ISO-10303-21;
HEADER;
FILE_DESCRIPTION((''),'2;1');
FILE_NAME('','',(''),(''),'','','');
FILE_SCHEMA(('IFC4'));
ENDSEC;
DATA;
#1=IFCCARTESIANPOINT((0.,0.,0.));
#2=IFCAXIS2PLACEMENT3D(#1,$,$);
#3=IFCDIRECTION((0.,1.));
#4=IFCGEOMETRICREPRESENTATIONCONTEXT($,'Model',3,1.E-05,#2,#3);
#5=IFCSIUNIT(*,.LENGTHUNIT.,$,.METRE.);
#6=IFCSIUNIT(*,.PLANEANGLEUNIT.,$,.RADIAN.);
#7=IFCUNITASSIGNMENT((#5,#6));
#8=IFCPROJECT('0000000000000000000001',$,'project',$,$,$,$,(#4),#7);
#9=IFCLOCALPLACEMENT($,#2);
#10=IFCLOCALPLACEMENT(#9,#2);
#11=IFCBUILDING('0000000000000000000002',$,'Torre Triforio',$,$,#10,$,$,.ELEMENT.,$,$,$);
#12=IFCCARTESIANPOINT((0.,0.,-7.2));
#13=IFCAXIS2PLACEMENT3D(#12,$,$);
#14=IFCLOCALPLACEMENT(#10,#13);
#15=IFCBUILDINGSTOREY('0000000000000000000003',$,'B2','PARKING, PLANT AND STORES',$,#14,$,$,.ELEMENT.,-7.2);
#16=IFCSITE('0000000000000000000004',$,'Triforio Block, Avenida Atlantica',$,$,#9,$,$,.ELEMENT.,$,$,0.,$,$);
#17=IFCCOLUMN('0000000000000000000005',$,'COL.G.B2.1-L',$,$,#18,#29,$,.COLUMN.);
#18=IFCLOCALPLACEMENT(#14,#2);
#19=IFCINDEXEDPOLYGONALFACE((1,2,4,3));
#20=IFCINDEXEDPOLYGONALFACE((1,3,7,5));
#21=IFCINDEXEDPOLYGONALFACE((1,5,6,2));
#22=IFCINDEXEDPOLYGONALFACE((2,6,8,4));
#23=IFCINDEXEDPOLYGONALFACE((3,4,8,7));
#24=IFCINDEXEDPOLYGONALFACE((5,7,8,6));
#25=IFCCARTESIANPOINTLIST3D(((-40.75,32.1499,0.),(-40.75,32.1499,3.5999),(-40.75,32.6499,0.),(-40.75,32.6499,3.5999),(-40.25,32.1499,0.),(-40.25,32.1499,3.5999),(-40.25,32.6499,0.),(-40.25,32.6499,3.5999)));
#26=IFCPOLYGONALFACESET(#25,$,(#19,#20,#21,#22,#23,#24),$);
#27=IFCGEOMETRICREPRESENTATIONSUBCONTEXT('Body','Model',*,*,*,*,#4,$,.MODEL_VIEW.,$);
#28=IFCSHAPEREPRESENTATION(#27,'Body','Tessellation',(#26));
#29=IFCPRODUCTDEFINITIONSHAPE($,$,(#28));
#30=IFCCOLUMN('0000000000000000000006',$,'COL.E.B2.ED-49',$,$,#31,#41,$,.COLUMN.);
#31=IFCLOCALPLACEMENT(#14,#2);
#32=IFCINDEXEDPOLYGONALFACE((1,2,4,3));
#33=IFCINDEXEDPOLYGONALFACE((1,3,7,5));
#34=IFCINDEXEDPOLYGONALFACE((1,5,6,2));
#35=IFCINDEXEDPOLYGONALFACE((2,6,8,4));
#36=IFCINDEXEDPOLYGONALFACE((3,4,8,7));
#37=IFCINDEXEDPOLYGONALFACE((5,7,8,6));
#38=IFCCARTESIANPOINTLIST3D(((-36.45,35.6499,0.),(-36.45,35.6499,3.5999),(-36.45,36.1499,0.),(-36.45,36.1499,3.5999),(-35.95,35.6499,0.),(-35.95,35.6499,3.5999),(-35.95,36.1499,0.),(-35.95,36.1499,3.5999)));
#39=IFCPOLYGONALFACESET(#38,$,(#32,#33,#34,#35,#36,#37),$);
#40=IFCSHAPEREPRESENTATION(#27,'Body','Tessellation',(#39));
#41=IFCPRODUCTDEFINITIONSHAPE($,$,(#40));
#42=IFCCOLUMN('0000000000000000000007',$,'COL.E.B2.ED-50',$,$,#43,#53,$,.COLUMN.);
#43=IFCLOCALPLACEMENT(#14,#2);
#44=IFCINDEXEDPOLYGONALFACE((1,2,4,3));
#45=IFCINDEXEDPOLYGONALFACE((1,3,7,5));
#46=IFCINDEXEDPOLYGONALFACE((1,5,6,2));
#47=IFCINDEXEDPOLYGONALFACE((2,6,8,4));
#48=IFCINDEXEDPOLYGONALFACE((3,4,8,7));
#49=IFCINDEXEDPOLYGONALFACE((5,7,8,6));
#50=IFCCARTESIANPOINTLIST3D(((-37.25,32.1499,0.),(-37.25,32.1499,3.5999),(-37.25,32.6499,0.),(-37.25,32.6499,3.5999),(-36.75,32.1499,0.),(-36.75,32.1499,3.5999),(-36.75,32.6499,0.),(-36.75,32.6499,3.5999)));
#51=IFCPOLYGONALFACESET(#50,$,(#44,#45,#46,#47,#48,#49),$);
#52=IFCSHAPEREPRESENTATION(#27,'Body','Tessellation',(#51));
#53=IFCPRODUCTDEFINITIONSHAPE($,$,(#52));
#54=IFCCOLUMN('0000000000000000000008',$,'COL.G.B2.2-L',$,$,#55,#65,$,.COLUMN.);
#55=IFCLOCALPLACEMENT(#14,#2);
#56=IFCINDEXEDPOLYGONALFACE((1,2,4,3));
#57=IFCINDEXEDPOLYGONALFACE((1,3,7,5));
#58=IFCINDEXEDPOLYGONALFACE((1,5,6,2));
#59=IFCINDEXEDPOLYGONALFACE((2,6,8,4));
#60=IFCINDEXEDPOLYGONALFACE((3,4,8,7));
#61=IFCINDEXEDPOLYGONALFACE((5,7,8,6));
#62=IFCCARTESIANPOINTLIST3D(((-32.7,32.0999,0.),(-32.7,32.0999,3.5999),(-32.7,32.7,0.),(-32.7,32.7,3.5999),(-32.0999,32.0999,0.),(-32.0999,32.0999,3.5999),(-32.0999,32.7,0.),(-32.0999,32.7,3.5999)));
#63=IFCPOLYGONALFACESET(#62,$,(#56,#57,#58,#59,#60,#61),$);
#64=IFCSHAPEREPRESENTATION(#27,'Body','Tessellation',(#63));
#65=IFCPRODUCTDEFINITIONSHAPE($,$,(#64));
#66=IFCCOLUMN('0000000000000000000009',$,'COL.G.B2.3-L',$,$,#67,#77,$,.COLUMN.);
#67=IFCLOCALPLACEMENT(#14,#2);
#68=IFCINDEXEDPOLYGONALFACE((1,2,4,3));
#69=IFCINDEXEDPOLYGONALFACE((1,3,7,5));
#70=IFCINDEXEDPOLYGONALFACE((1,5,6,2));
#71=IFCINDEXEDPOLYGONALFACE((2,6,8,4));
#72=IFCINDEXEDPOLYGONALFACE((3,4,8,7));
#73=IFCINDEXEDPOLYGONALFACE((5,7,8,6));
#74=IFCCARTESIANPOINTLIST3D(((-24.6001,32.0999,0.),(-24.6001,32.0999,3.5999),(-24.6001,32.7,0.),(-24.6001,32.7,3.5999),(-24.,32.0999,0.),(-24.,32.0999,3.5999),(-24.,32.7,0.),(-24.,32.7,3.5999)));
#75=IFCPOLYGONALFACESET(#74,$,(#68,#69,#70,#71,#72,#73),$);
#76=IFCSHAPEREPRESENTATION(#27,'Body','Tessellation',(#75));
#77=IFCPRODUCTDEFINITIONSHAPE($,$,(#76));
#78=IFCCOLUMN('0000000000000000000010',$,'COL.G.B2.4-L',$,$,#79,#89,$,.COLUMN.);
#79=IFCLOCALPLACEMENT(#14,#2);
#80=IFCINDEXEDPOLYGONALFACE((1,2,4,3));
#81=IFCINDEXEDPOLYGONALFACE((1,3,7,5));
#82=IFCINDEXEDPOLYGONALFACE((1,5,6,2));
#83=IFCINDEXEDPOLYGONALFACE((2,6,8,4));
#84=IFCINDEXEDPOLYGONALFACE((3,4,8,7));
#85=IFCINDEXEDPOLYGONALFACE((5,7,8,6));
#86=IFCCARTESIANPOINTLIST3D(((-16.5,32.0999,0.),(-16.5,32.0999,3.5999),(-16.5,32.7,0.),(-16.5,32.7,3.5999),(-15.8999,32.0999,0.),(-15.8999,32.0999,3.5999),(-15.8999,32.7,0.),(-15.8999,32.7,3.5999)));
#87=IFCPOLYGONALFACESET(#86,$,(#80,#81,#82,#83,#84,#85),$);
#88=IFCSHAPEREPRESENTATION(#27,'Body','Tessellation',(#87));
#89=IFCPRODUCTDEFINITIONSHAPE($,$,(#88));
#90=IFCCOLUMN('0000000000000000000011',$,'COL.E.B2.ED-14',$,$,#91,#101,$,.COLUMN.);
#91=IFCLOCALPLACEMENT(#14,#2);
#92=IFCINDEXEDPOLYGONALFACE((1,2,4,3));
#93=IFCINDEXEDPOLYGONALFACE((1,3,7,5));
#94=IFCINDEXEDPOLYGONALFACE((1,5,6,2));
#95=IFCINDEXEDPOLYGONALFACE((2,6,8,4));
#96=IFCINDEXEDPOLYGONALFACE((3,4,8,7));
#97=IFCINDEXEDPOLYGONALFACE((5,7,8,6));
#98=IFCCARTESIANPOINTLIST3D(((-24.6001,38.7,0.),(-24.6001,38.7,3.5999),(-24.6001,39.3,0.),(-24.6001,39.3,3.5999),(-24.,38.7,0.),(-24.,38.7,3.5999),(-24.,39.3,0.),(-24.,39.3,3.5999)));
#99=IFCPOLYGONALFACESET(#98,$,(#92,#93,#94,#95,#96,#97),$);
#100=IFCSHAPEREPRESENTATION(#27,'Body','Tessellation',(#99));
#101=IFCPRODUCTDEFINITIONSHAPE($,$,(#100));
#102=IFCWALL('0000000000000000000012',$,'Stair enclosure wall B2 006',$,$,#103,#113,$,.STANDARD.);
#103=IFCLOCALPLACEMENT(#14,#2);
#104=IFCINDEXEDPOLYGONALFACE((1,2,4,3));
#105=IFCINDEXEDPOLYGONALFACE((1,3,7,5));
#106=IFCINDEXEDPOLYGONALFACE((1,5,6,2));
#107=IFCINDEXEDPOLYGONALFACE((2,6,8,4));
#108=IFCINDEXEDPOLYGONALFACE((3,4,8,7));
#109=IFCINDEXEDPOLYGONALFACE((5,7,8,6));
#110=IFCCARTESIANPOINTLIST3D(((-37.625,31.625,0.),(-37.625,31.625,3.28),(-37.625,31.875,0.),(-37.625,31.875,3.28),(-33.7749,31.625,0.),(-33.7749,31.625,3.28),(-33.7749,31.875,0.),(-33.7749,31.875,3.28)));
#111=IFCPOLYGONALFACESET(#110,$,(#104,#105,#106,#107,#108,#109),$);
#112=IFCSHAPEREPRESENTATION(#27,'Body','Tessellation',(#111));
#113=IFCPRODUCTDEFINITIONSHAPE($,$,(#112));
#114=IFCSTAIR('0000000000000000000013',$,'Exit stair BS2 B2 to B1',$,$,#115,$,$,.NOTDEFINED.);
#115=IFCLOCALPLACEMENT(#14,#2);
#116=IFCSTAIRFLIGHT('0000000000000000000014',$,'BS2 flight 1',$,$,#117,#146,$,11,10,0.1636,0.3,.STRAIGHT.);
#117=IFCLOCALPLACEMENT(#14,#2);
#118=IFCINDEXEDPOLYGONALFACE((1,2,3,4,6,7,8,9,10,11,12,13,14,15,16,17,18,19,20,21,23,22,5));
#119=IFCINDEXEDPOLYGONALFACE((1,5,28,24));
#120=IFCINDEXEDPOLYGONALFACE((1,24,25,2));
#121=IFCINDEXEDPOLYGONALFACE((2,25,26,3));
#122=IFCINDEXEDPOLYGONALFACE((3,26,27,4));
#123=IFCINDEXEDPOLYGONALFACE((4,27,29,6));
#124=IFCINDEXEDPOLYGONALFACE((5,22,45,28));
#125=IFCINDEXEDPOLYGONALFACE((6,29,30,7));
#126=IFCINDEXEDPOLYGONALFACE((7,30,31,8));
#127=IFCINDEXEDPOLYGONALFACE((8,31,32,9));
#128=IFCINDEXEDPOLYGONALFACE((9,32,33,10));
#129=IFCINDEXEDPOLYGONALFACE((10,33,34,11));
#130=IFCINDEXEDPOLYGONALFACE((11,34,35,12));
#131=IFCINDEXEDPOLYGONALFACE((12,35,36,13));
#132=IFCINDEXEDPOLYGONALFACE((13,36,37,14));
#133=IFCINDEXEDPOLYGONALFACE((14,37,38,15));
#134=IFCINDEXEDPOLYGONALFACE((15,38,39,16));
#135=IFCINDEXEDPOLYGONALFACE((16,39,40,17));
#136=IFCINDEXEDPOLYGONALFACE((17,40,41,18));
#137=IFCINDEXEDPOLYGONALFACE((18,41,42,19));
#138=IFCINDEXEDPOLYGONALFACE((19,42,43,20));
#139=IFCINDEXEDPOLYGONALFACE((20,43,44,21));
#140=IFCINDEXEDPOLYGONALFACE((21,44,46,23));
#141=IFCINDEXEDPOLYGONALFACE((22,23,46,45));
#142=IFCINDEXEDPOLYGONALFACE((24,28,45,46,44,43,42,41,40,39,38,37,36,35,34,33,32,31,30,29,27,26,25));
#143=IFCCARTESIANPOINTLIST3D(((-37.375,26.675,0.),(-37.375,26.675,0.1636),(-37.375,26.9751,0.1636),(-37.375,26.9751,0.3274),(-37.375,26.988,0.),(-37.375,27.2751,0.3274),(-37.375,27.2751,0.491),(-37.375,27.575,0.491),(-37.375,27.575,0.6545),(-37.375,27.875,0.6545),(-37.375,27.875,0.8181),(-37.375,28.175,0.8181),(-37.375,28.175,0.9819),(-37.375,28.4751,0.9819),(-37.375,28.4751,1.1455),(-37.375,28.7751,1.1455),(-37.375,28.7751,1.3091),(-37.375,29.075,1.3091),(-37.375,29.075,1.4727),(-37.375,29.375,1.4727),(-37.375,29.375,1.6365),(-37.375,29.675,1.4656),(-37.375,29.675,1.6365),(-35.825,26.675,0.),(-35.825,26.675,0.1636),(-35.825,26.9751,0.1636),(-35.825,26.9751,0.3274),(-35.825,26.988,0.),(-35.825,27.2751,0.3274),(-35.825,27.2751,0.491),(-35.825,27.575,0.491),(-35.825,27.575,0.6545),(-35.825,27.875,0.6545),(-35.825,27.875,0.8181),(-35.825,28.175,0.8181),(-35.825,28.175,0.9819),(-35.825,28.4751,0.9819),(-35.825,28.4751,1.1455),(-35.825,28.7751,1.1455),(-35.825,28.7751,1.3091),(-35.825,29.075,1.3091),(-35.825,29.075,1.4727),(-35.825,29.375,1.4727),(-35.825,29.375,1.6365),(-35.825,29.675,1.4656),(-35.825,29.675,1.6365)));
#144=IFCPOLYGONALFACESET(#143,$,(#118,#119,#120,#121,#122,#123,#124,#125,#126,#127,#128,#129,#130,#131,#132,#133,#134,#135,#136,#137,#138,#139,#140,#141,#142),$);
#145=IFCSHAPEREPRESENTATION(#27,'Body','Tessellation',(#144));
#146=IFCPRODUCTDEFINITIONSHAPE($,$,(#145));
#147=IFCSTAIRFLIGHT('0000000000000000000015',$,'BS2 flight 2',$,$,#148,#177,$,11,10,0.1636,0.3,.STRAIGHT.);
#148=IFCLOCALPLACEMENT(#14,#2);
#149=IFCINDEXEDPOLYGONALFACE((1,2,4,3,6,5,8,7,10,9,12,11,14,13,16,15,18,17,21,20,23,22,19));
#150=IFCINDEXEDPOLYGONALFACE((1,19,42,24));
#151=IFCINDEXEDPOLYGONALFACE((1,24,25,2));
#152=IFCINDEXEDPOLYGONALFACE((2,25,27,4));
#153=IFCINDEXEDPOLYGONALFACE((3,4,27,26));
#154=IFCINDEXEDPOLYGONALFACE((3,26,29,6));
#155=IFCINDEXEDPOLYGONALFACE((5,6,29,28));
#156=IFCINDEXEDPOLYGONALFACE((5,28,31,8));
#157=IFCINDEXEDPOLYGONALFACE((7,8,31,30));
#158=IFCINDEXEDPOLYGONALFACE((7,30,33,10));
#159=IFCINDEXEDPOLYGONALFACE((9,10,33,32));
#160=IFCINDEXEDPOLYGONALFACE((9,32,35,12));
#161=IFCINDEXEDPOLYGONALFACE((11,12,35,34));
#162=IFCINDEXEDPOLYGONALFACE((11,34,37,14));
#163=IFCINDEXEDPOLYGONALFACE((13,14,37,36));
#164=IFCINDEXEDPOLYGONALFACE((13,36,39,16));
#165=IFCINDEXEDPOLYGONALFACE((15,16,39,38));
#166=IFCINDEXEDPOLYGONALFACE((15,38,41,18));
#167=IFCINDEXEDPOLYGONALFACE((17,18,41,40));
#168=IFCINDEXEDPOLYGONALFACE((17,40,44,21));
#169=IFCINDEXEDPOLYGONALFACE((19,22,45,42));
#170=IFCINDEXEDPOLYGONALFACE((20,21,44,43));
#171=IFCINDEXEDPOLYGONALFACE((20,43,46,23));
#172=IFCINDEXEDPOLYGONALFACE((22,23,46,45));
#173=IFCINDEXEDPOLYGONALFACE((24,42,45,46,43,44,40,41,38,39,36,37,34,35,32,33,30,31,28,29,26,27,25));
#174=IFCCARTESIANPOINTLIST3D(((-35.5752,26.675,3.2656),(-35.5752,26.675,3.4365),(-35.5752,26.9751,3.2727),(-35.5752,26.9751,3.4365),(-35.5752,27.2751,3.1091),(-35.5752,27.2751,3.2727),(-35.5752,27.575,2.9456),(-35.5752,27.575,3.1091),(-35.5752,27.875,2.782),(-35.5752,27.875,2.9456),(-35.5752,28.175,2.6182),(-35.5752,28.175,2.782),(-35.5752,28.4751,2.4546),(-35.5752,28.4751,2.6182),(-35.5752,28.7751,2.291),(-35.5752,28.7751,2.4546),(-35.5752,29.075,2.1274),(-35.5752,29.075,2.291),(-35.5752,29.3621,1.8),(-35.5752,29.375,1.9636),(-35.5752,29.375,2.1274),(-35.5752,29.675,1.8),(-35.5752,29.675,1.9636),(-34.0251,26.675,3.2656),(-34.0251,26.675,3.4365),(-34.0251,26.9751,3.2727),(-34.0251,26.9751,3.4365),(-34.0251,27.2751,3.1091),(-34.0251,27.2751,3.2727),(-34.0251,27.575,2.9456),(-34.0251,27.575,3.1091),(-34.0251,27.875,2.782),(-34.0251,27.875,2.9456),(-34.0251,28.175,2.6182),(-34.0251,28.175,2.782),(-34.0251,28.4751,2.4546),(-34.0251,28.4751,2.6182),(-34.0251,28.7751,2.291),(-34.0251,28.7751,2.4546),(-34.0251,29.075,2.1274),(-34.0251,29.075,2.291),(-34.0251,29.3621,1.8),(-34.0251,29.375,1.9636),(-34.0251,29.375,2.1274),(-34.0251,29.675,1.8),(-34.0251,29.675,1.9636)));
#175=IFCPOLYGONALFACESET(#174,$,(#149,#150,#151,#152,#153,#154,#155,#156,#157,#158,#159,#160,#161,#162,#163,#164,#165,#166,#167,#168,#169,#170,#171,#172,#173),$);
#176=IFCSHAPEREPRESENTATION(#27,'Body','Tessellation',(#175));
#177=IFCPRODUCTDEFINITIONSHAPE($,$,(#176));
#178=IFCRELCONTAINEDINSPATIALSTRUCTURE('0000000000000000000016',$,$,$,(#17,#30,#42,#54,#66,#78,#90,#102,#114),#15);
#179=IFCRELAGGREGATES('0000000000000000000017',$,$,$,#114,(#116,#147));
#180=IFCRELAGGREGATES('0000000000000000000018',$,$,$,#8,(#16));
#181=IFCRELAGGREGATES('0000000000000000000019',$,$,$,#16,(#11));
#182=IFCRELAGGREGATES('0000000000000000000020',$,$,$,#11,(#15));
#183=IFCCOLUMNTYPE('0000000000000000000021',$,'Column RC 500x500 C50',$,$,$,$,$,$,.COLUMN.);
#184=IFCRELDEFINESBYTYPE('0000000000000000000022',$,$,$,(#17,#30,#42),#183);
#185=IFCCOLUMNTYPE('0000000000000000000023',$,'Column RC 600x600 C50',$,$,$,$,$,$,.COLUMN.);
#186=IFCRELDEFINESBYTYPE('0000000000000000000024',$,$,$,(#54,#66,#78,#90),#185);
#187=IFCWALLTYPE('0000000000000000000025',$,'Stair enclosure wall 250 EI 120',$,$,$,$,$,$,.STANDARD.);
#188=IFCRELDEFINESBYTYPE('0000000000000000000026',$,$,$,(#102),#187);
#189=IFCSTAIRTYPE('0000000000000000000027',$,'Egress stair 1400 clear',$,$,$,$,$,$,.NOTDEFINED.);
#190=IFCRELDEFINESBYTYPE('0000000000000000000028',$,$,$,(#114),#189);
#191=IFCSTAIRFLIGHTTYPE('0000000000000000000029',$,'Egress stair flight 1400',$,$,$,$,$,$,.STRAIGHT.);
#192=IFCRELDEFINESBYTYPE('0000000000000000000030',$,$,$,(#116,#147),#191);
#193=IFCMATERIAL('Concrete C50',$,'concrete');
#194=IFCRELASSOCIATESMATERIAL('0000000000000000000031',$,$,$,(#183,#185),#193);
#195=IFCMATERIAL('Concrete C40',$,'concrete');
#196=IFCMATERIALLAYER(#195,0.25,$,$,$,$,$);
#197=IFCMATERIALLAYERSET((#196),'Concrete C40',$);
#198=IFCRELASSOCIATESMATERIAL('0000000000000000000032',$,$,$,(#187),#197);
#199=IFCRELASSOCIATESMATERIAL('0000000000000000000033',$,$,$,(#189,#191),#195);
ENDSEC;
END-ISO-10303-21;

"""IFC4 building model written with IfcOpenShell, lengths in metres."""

from ifc_helpers import new_model, si_unit, direction, frame, frame_2d, origin, origin_2d, place, context, subcontext, project, spatial, polyline, rectangle, outline, extrude, material, layer, layer_set, material_profile, profile_set, type_object, element, aggregate, save


model = new_model("IFC4")

# Units and contexts
model_context = context("Model", 3, precision=1e-05, world=origin(), true_north=direction((0.0, 1.0)))
body_context = subcontext(model_context, "Body", "Model", "MODEL_VIEW")
ifc_project = project(units=[si_unit("LENGTHUNIT", "METRE"), si_unit("PLANEANGLEUNIT", "RADIAN")], contexts=[model_context])

# Site, building, storey
site_placement = place(None, origin())
site = spatial("IfcSite", under=ifc_project, at=site_placement, Name="Triforio Block, Avenida Atlantica", CompositionType="ELEMENT", RefElevation=0.0)
building_placement = place(site_placement, origin())
building = spatial("IfcBuilding", under=site, at=building_placement, Name="Torre Triforio", CompositionType="ELEMENT")
storey_placement = place(building_placement, frame((0.0, 0.0, -7.2)))
storey = spatial("IfcBuildingStorey", under=building, at=storey_placement, Name="B2", Description="PARKING, PLANT AND STORES", CompositionType="ELEMENT", Elevation=-7.2)

# Columns
ifc_material_1 = material(Name="Concrete C50", Category="concrete")
ifc_material_profile_1 = material_profile(ifc_material_1, rectangle(XDim=0.5, YDim=0.5, at=origin_2d()), Name="RC 500x500")
ifc_profile_set_1 = profile_set([ifc_material_profile_1], Name="Concrete C50")
column_type_1 = type_object("IfcColumnType", Name="Column RC 500x500 C50", PredefinedType="COLUMN", material=ifc_profile_set_1)
for number, where, z_axis, x_axis, name in (
    (1, (-40.5, 32.3999, 0.0), (0.0, 0.0, 1.0), (1.0, 0.0, 0.0), "COL.G.B2.1-L"),
    (2, (-36.2, 35.8999, 0.0), (0.0, 0.0, 1.0), (1.0, 0.0, 0.0), "COL.E.B2.ED-49"),
    (3, (-37.0, 32.3999, 0.0), (0.0, 0.0, 1.0), (1.0, 0.0, 0.0), "COL.E.B2.ED-50"),
):
    element("IfcColumn", number, at=place(storey_placement, frame(where, z_axis=z_axis, x_axis=x_axis)), inside=storey, type_object=column_type_1, Name=name, PredefinedType="COLUMN", context=body_context, shape_type="SweptSolid", body=[
        extrude(rectangle(XDim=0.5, YDim=0.5, at=origin_2d()), origin(), (0.0, 0.0, 1.0), 3.5999),
    ])
ifc_material_profile_2 = material_profile(ifc_material_1, rectangle(XDim=0.6001, YDim=0.6001, at=origin_2d()), Name="RC 600x600")
ifc_profile_set_2 = profile_set([ifc_material_profile_2], Name="Concrete C50")
column_type_2 = type_object("IfcColumnType", Name="Column RC 600x600 C50", PredefinedType="COLUMN", material=ifc_profile_set_2)
for number, where, z_axis, x_axis, name in (
    (4, (-32.3999, 32.3999, 0.0), (0.0, 0.0, 1.0), (1.0, 0.0, 0.0), "COL.G.B2.2-L"),
    (5, (-24.3, 32.3999, 0.0), (0.0, 0.0, 1.0), (1.0, 0.0, 0.0), "COL.G.B2.3-L"),
    (6, (-16.2, 32.3999, 0.0), (0.0, 0.0, 1.0), (1.0, 0.0, 0.0), "COL.G.B2.4-L"),
    (7, (-24.3, 39.0, 0.0), (0.0, 0.0, 1.0), (1.0, 0.0, 0.0), "COL.E.B2.ED-14"),
):
    element("IfcColumn", number, at=place(storey_placement, frame(where, z_axis=z_axis, x_axis=x_axis)), inside=storey, type_object=column_type_2, Name=name, PredefinedType="COLUMN", context=body_context, shape_type="SweptSolid", body=[
        extrude(rectangle(XDim=0.6001, YDim=0.6001, at=origin_2d()), origin(), (0.0, 0.0, 1.0), 3.5999),
    ])

# Wall
ifc_material_2 = material(Name="Concrete C40", Category="concrete")
ifc_layer = layer(ifc_material_2, 0.25)
ifc_layer_set = layer_set([ifc_layer], Name="Concrete C40")
wall_type = type_object("IfcWallType", Name="Stair enclosure wall 250 EI 120", PredefinedType="STANDARD", material=ifc_layer_set)
wall_placement = place(storey_placement, frame((-37.625, 31.75, 0.0), z_axis=(0.0, 0.0, 1.0), x_axis=(1.0, 0.0, 0.0)))
element("IfcWall", 8, at=wall_placement, inside=storey, type_object=wall_type, Name="Stair enclosure wall B2 006", PredefinedType="STANDARD", context=body_context, shape_type="SweptSolid", body=[
    extrude(rectangle(XDim=3.8501, YDim=0.25, at=frame_2d((1.925, 0.0))), origin(), (0.0, 0.0, 1.0), 3.28),
])

# Stair, stair flights
stair_type = type_object("IfcStairType", Name="Egress stair 1400 clear", PredefinedType="NOTDEFINED", material=ifc_material_2)
stair_placement = place(storey_placement, origin())
stair = element("IfcStair", 9, at=stair_placement, inside=storey, type_object=stair_type, Name="Exit stair BS2 B2 to B1", PredefinedType="NOTDEFINED")
stair_flight_type = type_object("IfcStairFlightType", Name="Egress stair flight 1400", PredefinedType="STRAIGHT", material=ifc_material_2)
stair_flight_1_placement = place(storey_placement, frame((-36.6001, 26.675, 0.0), z_axis=(0.0, 0.0, 1.0), x_axis=(0.0, 1.0, 0.0)))
stair_flight_1 = element("IfcStairFlight", 10, at=stair_flight_1_placement, type_object=stair_flight_type, Name="BS2 flight 1", NumberOfRisers=11, NumberOfTreads=10, PredefinedType="STRAIGHT", RiserHeight=0.1636, TreadLength=0.3, context=body_context, shape_type="SweptSolid", body=[
    extrude(outline(polyline([(0.0, 0.0), (0.0, 0.1636), (0.3, 0.1636), (0.3, 0.3274), (0.6001, 0.3274), (0.6001, 0.491), (0.8999, 0.491), (0.8999, 0.6545), (1.2, 0.6545), (1.2, 0.8181), (1.5, 0.8181), (1.5, 0.9819), (1.8, 0.9819), (1.8, 1.1455), (2.1001, 1.1455), (2.1001, 1.3091), (2.3999, 1.3091), (2.3999, 1.4727), (2.7, 1.4727), (2.7, 1.6365), (3.0, 1.6365), (3.0, 1.8), (3.0, 1.4656), (0.313, 0.0), (0.0, 0.0)])), frame((0.0, 0.7749, 0.0), z_axis=(0.0, -1.0, 0.0), x_axis=(1.0, 0.0, 0.0)), (0.0, 0.0, 1.0), 1.55),
])
stair_flight_2_placement = place(storey_placement, frame((-34.8, 29.675, 1.8), z_axis=(0.0, 0.0, 1.0), x_axis=(0.0, -1.0, 0.0)))
stair_flight_2 = element("IfcStairFlight", 11, at=stair_flight_2_placement, type_object=stair_flight_type, Name="BS2 flight 2", NumberOfRisers=11, NumberOfTreads=10, PredefinedType="STRAIGHT", RiserHeight=0.1636, TreadLength=0.3, context=body_context, shape_type="SweptSolid", body=[
    extrude(outline(polyline([(0.0, 0.0), (0.0, 0.1636), (0.3, 0.1636), (0.3, 0.3274), (0.6001, 0.3274), (0.6001, 0.491), (0.8999, 0.491), (0.8999, 0.6545), (1.2, 0.6545), (1.2, 0.8181), (1.5, 0.8181), (1.5, 0.9819), (1.8, 0.9819), (1.8, 1.1455), (2.1001, 1.1455), (2.1001, 1.3091), (2.3999, 1.3091), (2.3999, 1.4727), (2.7, 1.4727), (2.7, 1.6365), (3.0, 1.6365), (3.0, 1.8), (3.0, 1.4656), (0.313, 0.0), (0.0, 0.0)])), frame((0.0, 0.7749, 0.0), z_axis=(0.0, -1.0, 0.0), x_axis=(1.0, 0.0, 0.0)), (0.0, 0.0, 1.0), 1.55),
])
aggregate(stair, [stair_flight_1, stair_flight_2])

save(model, "model.ifc")
